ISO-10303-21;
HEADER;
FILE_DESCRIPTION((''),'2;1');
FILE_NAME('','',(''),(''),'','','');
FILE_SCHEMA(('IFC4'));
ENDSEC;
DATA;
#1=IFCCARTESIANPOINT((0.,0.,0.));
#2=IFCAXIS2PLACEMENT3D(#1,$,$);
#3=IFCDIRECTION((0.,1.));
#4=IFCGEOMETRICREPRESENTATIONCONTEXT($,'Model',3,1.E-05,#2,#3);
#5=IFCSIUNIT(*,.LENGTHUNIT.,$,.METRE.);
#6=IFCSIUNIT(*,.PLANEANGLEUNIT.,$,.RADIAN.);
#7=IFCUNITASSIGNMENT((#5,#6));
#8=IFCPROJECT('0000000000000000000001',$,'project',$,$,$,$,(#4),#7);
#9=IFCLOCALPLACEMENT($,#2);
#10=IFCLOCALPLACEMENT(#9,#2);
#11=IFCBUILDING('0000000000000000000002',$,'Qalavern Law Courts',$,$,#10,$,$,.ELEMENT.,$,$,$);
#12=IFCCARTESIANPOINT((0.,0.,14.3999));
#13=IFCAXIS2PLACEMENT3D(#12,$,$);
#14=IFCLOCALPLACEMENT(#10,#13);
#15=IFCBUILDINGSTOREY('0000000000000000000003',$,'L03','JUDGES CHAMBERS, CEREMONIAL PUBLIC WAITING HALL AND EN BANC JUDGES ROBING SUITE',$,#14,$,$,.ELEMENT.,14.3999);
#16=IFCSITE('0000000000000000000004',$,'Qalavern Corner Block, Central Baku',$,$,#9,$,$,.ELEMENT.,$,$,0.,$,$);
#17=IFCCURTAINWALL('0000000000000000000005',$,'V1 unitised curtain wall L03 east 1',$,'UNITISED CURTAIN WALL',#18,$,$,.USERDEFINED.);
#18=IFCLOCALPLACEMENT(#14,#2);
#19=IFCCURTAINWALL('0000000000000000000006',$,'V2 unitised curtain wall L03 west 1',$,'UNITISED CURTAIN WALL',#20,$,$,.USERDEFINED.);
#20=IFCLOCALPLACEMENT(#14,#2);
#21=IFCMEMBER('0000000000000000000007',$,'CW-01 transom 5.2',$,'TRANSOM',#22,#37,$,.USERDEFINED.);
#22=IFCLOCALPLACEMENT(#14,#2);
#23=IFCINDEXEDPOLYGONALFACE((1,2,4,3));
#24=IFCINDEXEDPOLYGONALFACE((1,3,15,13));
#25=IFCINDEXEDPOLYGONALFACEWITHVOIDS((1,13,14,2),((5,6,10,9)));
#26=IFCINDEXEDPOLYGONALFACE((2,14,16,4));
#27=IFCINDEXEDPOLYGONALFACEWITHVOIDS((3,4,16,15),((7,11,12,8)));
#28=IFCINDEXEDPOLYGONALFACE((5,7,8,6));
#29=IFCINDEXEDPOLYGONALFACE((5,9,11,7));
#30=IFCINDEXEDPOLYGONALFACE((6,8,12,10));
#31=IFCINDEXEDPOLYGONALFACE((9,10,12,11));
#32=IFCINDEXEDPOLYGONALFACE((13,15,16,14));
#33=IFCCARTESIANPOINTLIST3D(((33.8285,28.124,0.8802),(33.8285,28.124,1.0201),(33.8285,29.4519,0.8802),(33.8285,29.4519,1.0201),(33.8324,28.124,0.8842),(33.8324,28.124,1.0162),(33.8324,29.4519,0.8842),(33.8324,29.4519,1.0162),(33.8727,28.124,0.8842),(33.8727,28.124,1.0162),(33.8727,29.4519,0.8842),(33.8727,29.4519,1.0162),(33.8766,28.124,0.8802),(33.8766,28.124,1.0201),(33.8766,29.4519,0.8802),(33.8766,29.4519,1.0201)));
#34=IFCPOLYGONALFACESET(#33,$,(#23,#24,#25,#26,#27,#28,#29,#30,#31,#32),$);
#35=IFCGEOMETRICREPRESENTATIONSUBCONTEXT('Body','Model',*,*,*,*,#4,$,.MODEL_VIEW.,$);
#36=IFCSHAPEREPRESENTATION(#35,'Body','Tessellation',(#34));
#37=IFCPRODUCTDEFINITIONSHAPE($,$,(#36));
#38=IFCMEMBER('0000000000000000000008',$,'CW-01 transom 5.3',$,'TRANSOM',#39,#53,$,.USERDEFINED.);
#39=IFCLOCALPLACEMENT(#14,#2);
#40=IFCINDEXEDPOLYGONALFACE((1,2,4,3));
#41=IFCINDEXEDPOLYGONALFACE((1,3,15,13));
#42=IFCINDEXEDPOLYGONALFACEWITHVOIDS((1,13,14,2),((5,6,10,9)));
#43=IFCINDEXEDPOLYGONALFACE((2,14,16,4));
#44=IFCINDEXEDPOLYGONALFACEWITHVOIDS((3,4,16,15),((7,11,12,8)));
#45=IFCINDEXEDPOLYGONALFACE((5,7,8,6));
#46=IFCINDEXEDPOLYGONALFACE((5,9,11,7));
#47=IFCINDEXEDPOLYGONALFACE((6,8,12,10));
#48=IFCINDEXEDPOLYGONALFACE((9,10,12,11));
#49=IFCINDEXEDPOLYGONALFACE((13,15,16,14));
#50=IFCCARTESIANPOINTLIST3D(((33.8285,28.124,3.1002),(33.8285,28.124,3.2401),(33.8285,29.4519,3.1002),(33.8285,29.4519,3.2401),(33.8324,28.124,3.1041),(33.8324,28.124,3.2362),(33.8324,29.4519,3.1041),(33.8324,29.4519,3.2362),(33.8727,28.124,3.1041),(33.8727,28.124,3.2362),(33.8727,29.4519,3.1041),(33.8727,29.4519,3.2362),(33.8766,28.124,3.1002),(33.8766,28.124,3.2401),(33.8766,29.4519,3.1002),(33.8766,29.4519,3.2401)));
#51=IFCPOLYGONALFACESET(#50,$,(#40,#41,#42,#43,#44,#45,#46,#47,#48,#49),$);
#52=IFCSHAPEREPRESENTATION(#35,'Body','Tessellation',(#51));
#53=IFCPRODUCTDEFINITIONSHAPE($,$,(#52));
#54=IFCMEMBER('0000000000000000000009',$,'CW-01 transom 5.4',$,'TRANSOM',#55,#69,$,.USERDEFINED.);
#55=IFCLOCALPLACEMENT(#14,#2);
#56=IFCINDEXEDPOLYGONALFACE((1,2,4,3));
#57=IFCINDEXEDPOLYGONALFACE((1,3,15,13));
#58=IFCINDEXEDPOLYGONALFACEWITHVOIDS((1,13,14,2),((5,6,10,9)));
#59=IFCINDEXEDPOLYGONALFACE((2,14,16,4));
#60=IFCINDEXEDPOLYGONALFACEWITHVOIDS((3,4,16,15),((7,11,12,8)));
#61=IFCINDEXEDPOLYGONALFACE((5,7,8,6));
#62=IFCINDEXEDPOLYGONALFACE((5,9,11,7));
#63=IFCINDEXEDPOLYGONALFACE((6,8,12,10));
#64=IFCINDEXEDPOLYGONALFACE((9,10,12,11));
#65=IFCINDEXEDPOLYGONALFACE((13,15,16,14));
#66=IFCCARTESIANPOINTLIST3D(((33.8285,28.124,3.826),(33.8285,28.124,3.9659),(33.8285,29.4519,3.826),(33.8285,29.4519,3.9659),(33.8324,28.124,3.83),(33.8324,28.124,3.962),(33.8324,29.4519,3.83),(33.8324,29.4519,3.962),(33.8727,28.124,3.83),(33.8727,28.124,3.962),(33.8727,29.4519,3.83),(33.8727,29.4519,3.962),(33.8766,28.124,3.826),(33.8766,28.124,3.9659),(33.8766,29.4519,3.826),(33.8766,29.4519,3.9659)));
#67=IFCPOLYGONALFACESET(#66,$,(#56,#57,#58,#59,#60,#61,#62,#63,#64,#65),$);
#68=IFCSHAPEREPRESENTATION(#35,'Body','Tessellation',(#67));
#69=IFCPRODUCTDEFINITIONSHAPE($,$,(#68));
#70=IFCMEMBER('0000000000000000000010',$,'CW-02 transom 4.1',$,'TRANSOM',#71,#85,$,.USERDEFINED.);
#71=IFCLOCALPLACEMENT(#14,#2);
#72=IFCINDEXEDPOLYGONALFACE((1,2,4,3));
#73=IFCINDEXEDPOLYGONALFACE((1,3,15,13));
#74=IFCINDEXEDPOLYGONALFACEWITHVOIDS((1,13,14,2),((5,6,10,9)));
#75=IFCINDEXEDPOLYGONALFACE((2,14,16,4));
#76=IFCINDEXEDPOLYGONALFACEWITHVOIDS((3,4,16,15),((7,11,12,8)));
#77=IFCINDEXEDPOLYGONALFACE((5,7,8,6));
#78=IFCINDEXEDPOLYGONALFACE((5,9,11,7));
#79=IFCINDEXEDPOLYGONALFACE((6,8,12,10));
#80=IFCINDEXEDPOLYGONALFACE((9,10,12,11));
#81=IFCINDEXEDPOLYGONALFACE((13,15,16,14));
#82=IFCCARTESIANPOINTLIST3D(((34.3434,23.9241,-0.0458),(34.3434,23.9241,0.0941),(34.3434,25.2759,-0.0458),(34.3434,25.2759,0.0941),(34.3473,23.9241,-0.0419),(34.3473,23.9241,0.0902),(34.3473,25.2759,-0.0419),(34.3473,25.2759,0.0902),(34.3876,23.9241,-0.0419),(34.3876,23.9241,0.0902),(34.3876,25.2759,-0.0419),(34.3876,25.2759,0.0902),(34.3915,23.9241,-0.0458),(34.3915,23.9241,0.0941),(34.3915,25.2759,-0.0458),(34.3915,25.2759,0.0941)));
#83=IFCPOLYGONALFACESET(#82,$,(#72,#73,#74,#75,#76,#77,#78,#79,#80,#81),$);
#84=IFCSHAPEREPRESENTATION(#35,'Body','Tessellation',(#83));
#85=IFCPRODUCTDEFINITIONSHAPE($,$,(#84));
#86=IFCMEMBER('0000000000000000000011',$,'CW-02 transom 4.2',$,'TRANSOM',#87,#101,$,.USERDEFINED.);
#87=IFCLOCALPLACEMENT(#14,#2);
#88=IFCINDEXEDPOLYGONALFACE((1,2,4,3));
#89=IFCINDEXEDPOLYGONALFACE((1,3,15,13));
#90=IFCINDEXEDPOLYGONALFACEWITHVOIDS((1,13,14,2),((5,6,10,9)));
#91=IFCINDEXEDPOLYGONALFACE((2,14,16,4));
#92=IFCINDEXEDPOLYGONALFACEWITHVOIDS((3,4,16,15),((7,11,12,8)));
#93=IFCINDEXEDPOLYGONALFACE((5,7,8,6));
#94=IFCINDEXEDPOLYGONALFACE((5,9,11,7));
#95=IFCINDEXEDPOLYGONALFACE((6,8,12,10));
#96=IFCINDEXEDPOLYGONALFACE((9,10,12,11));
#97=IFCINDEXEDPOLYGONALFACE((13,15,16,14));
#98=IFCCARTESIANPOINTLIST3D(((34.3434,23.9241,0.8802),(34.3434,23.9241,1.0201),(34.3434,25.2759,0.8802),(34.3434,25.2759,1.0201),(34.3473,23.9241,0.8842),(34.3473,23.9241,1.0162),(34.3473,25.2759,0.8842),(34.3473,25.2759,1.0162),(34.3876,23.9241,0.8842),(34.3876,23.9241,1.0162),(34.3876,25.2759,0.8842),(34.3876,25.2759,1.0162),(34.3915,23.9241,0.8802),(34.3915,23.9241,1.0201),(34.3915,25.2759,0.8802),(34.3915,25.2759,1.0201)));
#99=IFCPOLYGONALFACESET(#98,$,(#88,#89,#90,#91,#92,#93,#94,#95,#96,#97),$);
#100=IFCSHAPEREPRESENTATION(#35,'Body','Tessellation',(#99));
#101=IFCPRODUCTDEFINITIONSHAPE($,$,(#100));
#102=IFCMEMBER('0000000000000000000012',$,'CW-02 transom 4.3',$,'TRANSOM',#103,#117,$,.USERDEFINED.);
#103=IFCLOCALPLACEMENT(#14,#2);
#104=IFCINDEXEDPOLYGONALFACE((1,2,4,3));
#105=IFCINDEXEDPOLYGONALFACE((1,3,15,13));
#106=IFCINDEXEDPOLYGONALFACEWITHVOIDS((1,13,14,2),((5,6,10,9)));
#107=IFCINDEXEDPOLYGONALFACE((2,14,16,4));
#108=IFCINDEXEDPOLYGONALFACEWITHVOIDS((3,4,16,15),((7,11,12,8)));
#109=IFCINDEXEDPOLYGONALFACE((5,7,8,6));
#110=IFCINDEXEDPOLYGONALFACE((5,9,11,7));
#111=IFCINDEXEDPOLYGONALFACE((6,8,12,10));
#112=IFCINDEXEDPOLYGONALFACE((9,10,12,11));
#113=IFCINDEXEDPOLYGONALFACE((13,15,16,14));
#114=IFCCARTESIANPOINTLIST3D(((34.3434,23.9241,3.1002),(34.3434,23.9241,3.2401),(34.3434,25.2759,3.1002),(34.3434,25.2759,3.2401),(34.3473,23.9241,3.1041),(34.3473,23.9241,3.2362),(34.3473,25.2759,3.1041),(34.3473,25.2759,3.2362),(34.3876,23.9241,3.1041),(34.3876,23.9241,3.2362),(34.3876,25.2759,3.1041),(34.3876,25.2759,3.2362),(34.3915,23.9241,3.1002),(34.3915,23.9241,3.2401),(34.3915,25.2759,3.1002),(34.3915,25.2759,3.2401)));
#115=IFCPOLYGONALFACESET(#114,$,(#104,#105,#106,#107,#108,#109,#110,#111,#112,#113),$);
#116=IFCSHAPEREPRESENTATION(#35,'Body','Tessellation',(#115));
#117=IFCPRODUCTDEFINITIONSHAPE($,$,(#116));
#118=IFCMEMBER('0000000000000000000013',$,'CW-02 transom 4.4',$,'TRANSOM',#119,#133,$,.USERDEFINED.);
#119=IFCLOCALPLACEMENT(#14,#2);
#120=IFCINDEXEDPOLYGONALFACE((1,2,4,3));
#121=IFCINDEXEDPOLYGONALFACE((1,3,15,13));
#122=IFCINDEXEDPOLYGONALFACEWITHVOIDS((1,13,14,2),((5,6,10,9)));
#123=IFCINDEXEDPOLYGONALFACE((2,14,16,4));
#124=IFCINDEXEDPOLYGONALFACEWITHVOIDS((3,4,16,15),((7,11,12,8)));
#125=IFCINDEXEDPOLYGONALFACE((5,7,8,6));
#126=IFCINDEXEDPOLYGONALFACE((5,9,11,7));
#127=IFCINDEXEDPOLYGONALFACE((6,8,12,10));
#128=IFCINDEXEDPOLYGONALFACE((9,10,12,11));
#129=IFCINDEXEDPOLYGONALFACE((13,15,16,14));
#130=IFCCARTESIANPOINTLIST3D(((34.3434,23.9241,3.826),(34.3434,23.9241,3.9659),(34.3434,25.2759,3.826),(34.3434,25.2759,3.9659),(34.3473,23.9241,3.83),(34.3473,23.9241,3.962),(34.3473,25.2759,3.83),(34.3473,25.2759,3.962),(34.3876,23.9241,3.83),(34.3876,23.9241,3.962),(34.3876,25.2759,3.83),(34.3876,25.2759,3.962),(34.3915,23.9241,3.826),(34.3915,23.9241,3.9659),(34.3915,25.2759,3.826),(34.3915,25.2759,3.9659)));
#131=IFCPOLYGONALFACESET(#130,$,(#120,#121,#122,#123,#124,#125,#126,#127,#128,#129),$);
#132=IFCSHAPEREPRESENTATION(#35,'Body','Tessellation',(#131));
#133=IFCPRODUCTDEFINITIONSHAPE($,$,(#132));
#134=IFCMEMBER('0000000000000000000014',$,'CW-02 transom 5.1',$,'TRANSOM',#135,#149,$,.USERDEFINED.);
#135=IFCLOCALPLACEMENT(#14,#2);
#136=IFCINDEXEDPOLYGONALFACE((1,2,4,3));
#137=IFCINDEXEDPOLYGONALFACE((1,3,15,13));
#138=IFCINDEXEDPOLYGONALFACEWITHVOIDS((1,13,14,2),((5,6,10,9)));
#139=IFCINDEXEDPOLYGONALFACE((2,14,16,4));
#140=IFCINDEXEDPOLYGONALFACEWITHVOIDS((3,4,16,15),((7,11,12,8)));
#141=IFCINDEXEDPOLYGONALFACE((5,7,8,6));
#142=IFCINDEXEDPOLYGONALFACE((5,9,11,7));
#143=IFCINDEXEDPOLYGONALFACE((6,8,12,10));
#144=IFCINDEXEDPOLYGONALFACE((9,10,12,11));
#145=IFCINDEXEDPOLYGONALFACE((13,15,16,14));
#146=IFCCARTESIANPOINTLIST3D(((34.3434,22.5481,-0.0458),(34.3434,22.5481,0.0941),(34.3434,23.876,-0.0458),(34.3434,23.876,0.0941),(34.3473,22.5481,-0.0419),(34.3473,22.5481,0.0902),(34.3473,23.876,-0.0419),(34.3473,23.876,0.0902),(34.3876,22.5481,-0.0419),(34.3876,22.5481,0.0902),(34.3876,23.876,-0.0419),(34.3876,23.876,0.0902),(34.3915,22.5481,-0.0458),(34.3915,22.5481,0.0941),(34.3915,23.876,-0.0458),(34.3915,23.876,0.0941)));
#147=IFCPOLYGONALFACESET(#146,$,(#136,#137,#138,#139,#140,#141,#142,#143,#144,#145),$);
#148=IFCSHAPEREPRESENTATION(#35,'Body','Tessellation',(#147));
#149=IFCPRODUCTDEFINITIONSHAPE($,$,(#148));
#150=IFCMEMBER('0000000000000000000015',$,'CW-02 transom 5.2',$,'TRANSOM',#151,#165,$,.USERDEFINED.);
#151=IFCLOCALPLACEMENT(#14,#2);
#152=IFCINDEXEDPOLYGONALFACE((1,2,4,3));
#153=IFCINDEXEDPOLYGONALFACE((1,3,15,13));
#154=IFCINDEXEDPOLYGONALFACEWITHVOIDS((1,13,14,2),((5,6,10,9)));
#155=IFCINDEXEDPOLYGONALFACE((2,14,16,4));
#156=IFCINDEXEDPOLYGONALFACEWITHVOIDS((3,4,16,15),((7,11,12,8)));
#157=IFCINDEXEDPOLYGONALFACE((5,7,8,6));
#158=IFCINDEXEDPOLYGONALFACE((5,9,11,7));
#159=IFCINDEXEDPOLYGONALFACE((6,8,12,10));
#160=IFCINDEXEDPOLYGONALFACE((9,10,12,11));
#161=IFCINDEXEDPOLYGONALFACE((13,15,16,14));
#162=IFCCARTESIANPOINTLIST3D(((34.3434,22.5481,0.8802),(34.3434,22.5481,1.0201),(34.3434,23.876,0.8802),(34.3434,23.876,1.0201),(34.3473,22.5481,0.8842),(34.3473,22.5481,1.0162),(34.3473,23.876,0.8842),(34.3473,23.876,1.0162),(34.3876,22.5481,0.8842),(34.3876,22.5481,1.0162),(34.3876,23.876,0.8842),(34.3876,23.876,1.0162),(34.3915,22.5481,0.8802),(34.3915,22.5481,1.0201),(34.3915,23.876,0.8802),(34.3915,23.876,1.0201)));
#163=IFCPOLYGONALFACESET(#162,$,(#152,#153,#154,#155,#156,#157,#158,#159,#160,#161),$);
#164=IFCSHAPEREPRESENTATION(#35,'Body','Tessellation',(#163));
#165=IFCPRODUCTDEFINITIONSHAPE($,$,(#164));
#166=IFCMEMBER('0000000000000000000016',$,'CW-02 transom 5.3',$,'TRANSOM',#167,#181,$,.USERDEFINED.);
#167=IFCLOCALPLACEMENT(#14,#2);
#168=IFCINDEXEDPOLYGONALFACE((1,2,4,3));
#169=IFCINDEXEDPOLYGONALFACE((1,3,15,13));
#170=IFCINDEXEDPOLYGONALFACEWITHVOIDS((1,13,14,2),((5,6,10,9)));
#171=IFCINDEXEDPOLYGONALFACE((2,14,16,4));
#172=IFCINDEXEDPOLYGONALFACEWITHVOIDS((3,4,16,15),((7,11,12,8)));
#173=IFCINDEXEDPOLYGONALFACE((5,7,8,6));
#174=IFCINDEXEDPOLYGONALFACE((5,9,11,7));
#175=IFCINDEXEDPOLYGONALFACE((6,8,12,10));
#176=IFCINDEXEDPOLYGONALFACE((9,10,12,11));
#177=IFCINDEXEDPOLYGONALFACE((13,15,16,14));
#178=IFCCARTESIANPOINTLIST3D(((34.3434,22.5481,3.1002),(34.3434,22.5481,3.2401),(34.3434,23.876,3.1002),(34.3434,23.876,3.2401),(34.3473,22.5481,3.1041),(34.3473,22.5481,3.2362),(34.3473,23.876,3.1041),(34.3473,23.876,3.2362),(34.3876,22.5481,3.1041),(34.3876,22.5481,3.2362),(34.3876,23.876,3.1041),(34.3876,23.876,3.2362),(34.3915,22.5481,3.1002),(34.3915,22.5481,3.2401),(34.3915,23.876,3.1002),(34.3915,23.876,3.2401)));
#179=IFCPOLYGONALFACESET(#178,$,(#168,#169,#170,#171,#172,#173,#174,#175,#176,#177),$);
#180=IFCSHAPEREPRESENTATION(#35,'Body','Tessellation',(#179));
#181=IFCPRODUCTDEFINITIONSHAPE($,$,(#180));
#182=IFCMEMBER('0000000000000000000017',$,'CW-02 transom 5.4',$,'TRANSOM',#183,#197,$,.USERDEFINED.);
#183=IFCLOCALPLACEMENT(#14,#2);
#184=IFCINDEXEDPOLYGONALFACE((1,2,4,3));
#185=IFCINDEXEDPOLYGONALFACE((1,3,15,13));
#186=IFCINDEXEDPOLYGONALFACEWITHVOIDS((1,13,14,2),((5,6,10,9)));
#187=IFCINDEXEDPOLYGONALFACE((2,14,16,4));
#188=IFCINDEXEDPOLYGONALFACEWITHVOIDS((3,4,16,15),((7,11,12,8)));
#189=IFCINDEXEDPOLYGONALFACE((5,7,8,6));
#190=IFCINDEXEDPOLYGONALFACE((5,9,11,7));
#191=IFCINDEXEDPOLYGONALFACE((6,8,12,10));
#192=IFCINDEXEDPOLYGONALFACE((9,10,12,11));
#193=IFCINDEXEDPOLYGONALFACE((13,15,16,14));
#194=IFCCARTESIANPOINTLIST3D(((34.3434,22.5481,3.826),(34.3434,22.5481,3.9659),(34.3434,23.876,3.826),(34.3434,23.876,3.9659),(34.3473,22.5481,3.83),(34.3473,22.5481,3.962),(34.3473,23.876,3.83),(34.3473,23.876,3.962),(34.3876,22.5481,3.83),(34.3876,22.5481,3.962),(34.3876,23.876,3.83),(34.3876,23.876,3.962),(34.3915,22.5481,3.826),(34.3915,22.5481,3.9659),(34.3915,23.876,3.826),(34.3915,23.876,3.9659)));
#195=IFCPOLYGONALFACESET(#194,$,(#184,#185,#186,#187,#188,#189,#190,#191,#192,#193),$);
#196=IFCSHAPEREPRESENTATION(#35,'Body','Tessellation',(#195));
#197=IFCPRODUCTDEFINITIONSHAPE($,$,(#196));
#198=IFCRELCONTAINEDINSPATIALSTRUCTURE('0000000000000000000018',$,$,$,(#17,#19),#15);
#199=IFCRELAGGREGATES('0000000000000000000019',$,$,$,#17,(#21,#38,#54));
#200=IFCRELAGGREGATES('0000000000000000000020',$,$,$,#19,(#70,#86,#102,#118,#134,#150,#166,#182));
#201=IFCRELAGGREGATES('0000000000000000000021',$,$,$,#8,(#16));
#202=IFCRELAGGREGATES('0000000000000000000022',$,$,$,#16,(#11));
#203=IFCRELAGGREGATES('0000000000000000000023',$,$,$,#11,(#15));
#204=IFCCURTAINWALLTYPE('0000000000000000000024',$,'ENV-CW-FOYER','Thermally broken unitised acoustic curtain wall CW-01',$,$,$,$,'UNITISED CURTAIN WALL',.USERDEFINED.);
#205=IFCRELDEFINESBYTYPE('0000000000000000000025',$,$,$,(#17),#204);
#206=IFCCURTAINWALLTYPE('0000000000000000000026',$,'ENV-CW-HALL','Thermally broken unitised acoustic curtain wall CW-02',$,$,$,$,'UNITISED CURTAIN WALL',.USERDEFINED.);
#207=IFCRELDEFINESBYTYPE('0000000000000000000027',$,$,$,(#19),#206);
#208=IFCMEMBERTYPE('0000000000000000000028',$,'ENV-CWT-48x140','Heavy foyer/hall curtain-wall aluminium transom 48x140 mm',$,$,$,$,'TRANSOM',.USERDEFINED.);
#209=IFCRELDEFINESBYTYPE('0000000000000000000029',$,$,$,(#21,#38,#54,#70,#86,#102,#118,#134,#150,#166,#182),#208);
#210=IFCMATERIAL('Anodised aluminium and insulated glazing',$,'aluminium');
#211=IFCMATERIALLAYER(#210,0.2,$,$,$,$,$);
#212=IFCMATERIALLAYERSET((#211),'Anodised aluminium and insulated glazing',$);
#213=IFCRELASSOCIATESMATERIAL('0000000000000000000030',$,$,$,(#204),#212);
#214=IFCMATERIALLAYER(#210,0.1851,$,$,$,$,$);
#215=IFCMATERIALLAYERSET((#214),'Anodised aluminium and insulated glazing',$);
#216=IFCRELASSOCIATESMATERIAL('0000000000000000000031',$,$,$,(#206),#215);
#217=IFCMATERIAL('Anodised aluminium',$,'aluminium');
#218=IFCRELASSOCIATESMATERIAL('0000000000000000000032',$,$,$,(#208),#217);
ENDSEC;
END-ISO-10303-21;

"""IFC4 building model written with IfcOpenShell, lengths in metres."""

from ifc_helpers import new_model, si_unit, direction, frame, origin, origin_2d, place, context, subcontext, project, spatial, hollow_rectangle, extrude, material, layer, layer_set, material_profile, profile_set, type_object, element, aggregate, save


model = new_model("IFC4")

# Units and contexts
model_context = context("Model", 3, precision=1e-05, world=origin(), true_north=direction((0.0, 1.0)))
body_context = subcontext(model_context, "Body", "Model", "MODEL_VIEW")
ifc_project = project(units=[si_unit("LENGTHUNIT", "METRE"), si_unit("PLANEANGLEUNIT", "RADIAN")], contexts=[model_context])

# Site, building, storey
site_placement = place(None, origin())
site = spatial("IfcSite", under=ifc_project, at=site_placement, Name="Qalavern Corner Block, Central Baku", CompositionType="ELEMENT", RefElevation=0.0)
building_placement = place(site_placement, origin())
building = spatial("IfcBuilding", under=site, at=building_placement, Name="Qalavern Law Courts", CompositionType="ELEMENT")
storey_placement = place(building_placement, frame((0.0, 0.0, 14.3999)))
storey = spatial("IfcBuildingStorey", under=building, at=storey_placement, Name="L03", Description="JUDGES CHAMBERS, CEREMONIAL PUBLIC WAITING HALL AND EN BANC JUDGES ROBING SUITE", CompositionType="ELEMENT", Elevation=14.3999)

# Curtain walls
ifc_material_1 = material(Name="Anodised aluminium and insulated glazing", Category="aluminium")
ifc_layer_1 = layer(ifc_material_1, 0.2)
ifc_layer_set_1 = layer_set([ifc_layer_1], Name="Anodised aluminium and insulated glazing")
curtain_wall_type_1 = type_object("IfcCurtainWallType", Name="ENV-CW-FOYER", Description="Thermally broken unitised acoustic curtain wall CW-01", ElementType="UNITISED CURTAIN WALL", PredefinedType="USERDEFINED", material=ifc_layer_set_1)
curtain_wall_1_placement = place(storey_placement, origin())
curtain_wall_1 = element("IfcCurtainWall", 1, at=curtain_wall_1_placement, inside=storey, type_object=curtain_wall_type_1, Name="V1 unitised curtain wall L03 east 1", ObjectType="UNITISED CURTAIN WALL", PredefinedType="USERDEFINED")
ifc_material_2 = material(Name="Anodised aluminium", Category="aluminium")
ifc_layer_2 = layer(ifc_material_1, 0.1851)
ifc_layer_set_2 = layer_set([ifc_layer_2], Name="Anodised aluminium and insulated glazing")
curtain_wall_type_2 = type_object("IfcCurtainWallType", Name="ENV-CW-HALL", Description="Thermally broken unitised acoustic curtain wall CW-02", ElementType="UNITISED CURTAIN WALL", PredefinedType="USERDEFINED", material=ifc_layer_set_2)
curtain_wall_2_placement = place(storey_placement, origin())
curtain_wall_2 = element("IfcCurtainWall", 2, at=curtain_wall_2_placement, inside=storey, type_object=curtain_wall_type_2, Name="V2 unitised curtain wall L03 west 1", ObjectType="UNITISED CURTAIN WALL", PredefinedType="USERDEFINED")

# Members
ifc_material_profile_1 = material_profile(ifc_material_2, hollow_rectangle(XDim=0.0481, YDim=0.1399, WallThickness=0.0039, at=origin_2d()), Name="ALU TRANSOM 48x140")
ifc_profile_set_1 = profile_set([ifc_material_profile_1], Name="Anodised aluminium")
member_type_1 = type_object("IfcMemberType", Name="ENV-CWT-48x140", Description="Heavy foyer/hall curtain-wall aluminium transom 48x140 mm", ElementType="TRANSOM", PredefinedType="USERDEFINED", material=ifc_profile_set_1)
member_1_placement = place(storey_placement, frame((33.8525, 28.124, 0.9502), z_axis=(0.0, 1.0, 0.0), x_axis=(-1.0, 0.0, 0.0)))
member_1 = element("IfcMember", 3, at=member_1_placement, type_object=member_type_1, Name="CW-01 transom 5.2", ObjectType="TRANSOM", PredefinedType="USERDEFINED", context=body_context, shape_type="SweptSolid", body=[
    extrude(hollow_rectangle(XDim=0.0481, YDim=0.1399, WallThickness=0.0039, at=origin_2d()), origin(), (0.0, 0.0, 1.0), 1.3279),
])
member_2_placement = place(storey_placement, frame((33.8525, 28.124, 3.1702), z_axis=(0.0, 1.0, 0.0), x_axis=(-1.0, 0.0, 0.0)))
member_2 = element("IfcMember", 4, at=member_2_placement, type_object=member_type_1, Name="CW-01 transom 5.3", ObjectType="TRANSOM", PredefinedType="USERDEFINED", context=body_context, shape_type="SweptSolid", body=[
    extrude(hollow_rectangle(XDim=0.0481, YDim=0.1399, WallThickness=0.0039, at=origin_2d()), origin(), (0.0, 0.0, 1.0), 1.3279),
])
member_3_placement = place(storey_placement, frame((33.8525, 28.124, 3.896), z_axis=(0.0, 1.0, 0.0), x_axis=(-1.0, 0.0, 0.0)))
member_3 = element("IfcMember", 5, at=member_3_placement, type_object=member_type_1, Name="CW-01 transom 5.4", ObjectType="TRANSOM", PredefinedType="USERDEFINED", context=body_context, shape_type="SweptSolid", body=[
    extrude(hollow_rectangle(XDim=0.0481, YDim=0.1399, WallThickness=0.0039, at=origin_2d()), origin(), (0.0, 0.0, 1.0), 1.3279),
])
member_4_placement = place(storey_placement, frame((34.3674, 25.2759, 0.0242), z_axis=(0.0, -1.0, 0.0), x_axis=(1.0, 0.0, 0.0)))
member_4 = element("IfcMember", 6, at=member_4_placement, type_object=member_type_1, Name="CW-02 transom 4.1", ObjectType="TRANSOM", PredefinedType="USERDEFINED", context=body_context, shape_type="SweptSolid", body=[
    extrude(hollow_rectangle(XDim=0.0481, YDim=0.1399, WallThickness=0.0039, at=origin_2d()), origin(), (0.0, 0.0, 1.0), 1.3518),
])
member_5_placement = place(storey_placement, frame((34.3674, 25.2759, 0.9502), z_axis=(0.0, -1.0, 0.0), x_axis=(1.0, 0.0, 0.0)))
member_5 = element("IfcMember", 7, at=member_5_placement, type_object=member_type_1, Name="CW-02 transom 4.2", ObjectType="TRANSOM", PredefinedType="USERDEFINED", context=body_context, shape_type="SweptSolid", body=[
    extrude(hollow_rectangle(XDim=0.0481, YDim=0.1399, WallThickness=0.0039, at=origin_2d()), origin(), (0.0, 0.0, 1.0), 1.3518),
])
member_6_placement = place(storey_placement, frame((34.3674, 25.2759, 3.1702), z_axis=(0.0, -1.0, 0.0), x_axis=(1.0, 0.0, 0.0)))
member_6 = element("IfcMember", 8, at=member_6_placement, type_object=member_type_1, Name="CW-02 transom 4.3", ObjectType="TRANSOM", PredefinedType="USERDEFINED", context=body_context, shape_type="SweptSolid", body=[
    extrude(hollow_rectangle(XDim=0.0481, YDim=0.1399, WallThickness=0.0039, at=origin_2d()), origin(), (0.0, 0.0, 1.0), 1.3518),
])
member_7_placement = place(storey_placement, frame((34.3674, 25.2759, 3.896), z_axis=(0.0, -1.0, 0.0), x_axis=(1.0, 0.0, 0.0)))
member_7 = element("IfcMember", 9, at=member_7_placement, type_object=member_type_1, Name="CW-02 transom 4.4", ObjectType="TRANSOM", PredefinedType="USERDEFINED", context=body_context, shape_type="SweptSolid", body=[
    extrude(hollow_rectangle(XDim=0.0481, YDim=0.1399, WallThickness=0.0039, at=origin_2d()), origin(), (0.0, 0.0, 1.0), 1.3518),
])
member_8_placement = place(storey_placement, frame((34.3674, 23.876, 0.0242), z_axis=(0.0, -1.0, 0.0), x_axis=(1.0, 0.0, 0.0)))
member_8 = element("IfcMember", 10, at=member_8_placement, type_object=member_type_1, Name="CW-02 transom 5.1", ObjectType="TRANSOM", PredefinedType="USERDEFINED", context=body_context, shape_type="SweptSolid", body=[
    extrude(hollow_rectangle(XDim=0.0481, YDim=0.1399, WallThickness=0.0039, at=origin_2d()), origin(), (0.0, 0.0, 1.0), 1.3279),
])
member_9_placement = place(storey_placement, frame((34.3674, 23.876, 0.9502), z_axis=(0.0, -1.0, 0.0), x_axis=(1.0, 0.0, 0.0)))
member_9 = element("IfcMember", 11, at=member_9_placement, type_object=member_type_1, Name="CW-02 transom 5.2", ObjectType="TRANSOM", PredefinedType="USERDEFINED", context=body_context, shape_type="SweptSolid", body=[
    extrude(hollow_rectangle(XDim=0.0481, YDim=0.1399, WallThickness=0.0039, at=origin_2d()), origin(), (0.0, 0.0, 1.0), 1.3279),
])
member_10_placement = place(storey_placement, frame((34.3674, 23.876, 3.1702), z_axis=(0.0, -1.0, 0.0), x_axis=(1.0, 0.0, 0.0)))
member_10 = element("IfcMember", 12, at=member_10_placement, type_object=member_type_1, Name="CW-02 transom 5.3", ObjectType="TRANSOM", PredefinedType="USERDEFINED", context=body_context, shape_type="SweptSolid", body=[
    extrude(hollow_rectangle(XDim=0.0481, YDim=0.1399, WallThickness=0.0039, at=origin_2d()), origin(), (0.0, 0.0, 1.0), 1.3279),
])
member_11_placement = place(storey_placement, frame((34.3674, 23.876, 3.896), z_axis=(0.0, -1.0, 0.0), x_axis=(1.0, 0.0, 0.0)))
member_11 = element("IfcMember", 13, at=member_11_placement, type_object=member_type_1, Name="CW-02 transom 5.4", ObjectType="TRANSOM", PredefinedType="USERDEFINED", context=body_context, shape_type="SweptSolid", body=[
    extrude(hollow_rectangle(XDim=0.0481, YDim=0.1399, WallThickness=0.0039, at=origin_2d()), origin(), (0.0, 0.0, 1.0), 1.3279),
])

aggregate(curtain_wall_1, [member_1, member_2, member_3])
aggregate(curtain_wall_2, [member_4, member_5, member_6, member_7, member_8, member_9, member_10, member_11])

save(model, "model.ifc")
